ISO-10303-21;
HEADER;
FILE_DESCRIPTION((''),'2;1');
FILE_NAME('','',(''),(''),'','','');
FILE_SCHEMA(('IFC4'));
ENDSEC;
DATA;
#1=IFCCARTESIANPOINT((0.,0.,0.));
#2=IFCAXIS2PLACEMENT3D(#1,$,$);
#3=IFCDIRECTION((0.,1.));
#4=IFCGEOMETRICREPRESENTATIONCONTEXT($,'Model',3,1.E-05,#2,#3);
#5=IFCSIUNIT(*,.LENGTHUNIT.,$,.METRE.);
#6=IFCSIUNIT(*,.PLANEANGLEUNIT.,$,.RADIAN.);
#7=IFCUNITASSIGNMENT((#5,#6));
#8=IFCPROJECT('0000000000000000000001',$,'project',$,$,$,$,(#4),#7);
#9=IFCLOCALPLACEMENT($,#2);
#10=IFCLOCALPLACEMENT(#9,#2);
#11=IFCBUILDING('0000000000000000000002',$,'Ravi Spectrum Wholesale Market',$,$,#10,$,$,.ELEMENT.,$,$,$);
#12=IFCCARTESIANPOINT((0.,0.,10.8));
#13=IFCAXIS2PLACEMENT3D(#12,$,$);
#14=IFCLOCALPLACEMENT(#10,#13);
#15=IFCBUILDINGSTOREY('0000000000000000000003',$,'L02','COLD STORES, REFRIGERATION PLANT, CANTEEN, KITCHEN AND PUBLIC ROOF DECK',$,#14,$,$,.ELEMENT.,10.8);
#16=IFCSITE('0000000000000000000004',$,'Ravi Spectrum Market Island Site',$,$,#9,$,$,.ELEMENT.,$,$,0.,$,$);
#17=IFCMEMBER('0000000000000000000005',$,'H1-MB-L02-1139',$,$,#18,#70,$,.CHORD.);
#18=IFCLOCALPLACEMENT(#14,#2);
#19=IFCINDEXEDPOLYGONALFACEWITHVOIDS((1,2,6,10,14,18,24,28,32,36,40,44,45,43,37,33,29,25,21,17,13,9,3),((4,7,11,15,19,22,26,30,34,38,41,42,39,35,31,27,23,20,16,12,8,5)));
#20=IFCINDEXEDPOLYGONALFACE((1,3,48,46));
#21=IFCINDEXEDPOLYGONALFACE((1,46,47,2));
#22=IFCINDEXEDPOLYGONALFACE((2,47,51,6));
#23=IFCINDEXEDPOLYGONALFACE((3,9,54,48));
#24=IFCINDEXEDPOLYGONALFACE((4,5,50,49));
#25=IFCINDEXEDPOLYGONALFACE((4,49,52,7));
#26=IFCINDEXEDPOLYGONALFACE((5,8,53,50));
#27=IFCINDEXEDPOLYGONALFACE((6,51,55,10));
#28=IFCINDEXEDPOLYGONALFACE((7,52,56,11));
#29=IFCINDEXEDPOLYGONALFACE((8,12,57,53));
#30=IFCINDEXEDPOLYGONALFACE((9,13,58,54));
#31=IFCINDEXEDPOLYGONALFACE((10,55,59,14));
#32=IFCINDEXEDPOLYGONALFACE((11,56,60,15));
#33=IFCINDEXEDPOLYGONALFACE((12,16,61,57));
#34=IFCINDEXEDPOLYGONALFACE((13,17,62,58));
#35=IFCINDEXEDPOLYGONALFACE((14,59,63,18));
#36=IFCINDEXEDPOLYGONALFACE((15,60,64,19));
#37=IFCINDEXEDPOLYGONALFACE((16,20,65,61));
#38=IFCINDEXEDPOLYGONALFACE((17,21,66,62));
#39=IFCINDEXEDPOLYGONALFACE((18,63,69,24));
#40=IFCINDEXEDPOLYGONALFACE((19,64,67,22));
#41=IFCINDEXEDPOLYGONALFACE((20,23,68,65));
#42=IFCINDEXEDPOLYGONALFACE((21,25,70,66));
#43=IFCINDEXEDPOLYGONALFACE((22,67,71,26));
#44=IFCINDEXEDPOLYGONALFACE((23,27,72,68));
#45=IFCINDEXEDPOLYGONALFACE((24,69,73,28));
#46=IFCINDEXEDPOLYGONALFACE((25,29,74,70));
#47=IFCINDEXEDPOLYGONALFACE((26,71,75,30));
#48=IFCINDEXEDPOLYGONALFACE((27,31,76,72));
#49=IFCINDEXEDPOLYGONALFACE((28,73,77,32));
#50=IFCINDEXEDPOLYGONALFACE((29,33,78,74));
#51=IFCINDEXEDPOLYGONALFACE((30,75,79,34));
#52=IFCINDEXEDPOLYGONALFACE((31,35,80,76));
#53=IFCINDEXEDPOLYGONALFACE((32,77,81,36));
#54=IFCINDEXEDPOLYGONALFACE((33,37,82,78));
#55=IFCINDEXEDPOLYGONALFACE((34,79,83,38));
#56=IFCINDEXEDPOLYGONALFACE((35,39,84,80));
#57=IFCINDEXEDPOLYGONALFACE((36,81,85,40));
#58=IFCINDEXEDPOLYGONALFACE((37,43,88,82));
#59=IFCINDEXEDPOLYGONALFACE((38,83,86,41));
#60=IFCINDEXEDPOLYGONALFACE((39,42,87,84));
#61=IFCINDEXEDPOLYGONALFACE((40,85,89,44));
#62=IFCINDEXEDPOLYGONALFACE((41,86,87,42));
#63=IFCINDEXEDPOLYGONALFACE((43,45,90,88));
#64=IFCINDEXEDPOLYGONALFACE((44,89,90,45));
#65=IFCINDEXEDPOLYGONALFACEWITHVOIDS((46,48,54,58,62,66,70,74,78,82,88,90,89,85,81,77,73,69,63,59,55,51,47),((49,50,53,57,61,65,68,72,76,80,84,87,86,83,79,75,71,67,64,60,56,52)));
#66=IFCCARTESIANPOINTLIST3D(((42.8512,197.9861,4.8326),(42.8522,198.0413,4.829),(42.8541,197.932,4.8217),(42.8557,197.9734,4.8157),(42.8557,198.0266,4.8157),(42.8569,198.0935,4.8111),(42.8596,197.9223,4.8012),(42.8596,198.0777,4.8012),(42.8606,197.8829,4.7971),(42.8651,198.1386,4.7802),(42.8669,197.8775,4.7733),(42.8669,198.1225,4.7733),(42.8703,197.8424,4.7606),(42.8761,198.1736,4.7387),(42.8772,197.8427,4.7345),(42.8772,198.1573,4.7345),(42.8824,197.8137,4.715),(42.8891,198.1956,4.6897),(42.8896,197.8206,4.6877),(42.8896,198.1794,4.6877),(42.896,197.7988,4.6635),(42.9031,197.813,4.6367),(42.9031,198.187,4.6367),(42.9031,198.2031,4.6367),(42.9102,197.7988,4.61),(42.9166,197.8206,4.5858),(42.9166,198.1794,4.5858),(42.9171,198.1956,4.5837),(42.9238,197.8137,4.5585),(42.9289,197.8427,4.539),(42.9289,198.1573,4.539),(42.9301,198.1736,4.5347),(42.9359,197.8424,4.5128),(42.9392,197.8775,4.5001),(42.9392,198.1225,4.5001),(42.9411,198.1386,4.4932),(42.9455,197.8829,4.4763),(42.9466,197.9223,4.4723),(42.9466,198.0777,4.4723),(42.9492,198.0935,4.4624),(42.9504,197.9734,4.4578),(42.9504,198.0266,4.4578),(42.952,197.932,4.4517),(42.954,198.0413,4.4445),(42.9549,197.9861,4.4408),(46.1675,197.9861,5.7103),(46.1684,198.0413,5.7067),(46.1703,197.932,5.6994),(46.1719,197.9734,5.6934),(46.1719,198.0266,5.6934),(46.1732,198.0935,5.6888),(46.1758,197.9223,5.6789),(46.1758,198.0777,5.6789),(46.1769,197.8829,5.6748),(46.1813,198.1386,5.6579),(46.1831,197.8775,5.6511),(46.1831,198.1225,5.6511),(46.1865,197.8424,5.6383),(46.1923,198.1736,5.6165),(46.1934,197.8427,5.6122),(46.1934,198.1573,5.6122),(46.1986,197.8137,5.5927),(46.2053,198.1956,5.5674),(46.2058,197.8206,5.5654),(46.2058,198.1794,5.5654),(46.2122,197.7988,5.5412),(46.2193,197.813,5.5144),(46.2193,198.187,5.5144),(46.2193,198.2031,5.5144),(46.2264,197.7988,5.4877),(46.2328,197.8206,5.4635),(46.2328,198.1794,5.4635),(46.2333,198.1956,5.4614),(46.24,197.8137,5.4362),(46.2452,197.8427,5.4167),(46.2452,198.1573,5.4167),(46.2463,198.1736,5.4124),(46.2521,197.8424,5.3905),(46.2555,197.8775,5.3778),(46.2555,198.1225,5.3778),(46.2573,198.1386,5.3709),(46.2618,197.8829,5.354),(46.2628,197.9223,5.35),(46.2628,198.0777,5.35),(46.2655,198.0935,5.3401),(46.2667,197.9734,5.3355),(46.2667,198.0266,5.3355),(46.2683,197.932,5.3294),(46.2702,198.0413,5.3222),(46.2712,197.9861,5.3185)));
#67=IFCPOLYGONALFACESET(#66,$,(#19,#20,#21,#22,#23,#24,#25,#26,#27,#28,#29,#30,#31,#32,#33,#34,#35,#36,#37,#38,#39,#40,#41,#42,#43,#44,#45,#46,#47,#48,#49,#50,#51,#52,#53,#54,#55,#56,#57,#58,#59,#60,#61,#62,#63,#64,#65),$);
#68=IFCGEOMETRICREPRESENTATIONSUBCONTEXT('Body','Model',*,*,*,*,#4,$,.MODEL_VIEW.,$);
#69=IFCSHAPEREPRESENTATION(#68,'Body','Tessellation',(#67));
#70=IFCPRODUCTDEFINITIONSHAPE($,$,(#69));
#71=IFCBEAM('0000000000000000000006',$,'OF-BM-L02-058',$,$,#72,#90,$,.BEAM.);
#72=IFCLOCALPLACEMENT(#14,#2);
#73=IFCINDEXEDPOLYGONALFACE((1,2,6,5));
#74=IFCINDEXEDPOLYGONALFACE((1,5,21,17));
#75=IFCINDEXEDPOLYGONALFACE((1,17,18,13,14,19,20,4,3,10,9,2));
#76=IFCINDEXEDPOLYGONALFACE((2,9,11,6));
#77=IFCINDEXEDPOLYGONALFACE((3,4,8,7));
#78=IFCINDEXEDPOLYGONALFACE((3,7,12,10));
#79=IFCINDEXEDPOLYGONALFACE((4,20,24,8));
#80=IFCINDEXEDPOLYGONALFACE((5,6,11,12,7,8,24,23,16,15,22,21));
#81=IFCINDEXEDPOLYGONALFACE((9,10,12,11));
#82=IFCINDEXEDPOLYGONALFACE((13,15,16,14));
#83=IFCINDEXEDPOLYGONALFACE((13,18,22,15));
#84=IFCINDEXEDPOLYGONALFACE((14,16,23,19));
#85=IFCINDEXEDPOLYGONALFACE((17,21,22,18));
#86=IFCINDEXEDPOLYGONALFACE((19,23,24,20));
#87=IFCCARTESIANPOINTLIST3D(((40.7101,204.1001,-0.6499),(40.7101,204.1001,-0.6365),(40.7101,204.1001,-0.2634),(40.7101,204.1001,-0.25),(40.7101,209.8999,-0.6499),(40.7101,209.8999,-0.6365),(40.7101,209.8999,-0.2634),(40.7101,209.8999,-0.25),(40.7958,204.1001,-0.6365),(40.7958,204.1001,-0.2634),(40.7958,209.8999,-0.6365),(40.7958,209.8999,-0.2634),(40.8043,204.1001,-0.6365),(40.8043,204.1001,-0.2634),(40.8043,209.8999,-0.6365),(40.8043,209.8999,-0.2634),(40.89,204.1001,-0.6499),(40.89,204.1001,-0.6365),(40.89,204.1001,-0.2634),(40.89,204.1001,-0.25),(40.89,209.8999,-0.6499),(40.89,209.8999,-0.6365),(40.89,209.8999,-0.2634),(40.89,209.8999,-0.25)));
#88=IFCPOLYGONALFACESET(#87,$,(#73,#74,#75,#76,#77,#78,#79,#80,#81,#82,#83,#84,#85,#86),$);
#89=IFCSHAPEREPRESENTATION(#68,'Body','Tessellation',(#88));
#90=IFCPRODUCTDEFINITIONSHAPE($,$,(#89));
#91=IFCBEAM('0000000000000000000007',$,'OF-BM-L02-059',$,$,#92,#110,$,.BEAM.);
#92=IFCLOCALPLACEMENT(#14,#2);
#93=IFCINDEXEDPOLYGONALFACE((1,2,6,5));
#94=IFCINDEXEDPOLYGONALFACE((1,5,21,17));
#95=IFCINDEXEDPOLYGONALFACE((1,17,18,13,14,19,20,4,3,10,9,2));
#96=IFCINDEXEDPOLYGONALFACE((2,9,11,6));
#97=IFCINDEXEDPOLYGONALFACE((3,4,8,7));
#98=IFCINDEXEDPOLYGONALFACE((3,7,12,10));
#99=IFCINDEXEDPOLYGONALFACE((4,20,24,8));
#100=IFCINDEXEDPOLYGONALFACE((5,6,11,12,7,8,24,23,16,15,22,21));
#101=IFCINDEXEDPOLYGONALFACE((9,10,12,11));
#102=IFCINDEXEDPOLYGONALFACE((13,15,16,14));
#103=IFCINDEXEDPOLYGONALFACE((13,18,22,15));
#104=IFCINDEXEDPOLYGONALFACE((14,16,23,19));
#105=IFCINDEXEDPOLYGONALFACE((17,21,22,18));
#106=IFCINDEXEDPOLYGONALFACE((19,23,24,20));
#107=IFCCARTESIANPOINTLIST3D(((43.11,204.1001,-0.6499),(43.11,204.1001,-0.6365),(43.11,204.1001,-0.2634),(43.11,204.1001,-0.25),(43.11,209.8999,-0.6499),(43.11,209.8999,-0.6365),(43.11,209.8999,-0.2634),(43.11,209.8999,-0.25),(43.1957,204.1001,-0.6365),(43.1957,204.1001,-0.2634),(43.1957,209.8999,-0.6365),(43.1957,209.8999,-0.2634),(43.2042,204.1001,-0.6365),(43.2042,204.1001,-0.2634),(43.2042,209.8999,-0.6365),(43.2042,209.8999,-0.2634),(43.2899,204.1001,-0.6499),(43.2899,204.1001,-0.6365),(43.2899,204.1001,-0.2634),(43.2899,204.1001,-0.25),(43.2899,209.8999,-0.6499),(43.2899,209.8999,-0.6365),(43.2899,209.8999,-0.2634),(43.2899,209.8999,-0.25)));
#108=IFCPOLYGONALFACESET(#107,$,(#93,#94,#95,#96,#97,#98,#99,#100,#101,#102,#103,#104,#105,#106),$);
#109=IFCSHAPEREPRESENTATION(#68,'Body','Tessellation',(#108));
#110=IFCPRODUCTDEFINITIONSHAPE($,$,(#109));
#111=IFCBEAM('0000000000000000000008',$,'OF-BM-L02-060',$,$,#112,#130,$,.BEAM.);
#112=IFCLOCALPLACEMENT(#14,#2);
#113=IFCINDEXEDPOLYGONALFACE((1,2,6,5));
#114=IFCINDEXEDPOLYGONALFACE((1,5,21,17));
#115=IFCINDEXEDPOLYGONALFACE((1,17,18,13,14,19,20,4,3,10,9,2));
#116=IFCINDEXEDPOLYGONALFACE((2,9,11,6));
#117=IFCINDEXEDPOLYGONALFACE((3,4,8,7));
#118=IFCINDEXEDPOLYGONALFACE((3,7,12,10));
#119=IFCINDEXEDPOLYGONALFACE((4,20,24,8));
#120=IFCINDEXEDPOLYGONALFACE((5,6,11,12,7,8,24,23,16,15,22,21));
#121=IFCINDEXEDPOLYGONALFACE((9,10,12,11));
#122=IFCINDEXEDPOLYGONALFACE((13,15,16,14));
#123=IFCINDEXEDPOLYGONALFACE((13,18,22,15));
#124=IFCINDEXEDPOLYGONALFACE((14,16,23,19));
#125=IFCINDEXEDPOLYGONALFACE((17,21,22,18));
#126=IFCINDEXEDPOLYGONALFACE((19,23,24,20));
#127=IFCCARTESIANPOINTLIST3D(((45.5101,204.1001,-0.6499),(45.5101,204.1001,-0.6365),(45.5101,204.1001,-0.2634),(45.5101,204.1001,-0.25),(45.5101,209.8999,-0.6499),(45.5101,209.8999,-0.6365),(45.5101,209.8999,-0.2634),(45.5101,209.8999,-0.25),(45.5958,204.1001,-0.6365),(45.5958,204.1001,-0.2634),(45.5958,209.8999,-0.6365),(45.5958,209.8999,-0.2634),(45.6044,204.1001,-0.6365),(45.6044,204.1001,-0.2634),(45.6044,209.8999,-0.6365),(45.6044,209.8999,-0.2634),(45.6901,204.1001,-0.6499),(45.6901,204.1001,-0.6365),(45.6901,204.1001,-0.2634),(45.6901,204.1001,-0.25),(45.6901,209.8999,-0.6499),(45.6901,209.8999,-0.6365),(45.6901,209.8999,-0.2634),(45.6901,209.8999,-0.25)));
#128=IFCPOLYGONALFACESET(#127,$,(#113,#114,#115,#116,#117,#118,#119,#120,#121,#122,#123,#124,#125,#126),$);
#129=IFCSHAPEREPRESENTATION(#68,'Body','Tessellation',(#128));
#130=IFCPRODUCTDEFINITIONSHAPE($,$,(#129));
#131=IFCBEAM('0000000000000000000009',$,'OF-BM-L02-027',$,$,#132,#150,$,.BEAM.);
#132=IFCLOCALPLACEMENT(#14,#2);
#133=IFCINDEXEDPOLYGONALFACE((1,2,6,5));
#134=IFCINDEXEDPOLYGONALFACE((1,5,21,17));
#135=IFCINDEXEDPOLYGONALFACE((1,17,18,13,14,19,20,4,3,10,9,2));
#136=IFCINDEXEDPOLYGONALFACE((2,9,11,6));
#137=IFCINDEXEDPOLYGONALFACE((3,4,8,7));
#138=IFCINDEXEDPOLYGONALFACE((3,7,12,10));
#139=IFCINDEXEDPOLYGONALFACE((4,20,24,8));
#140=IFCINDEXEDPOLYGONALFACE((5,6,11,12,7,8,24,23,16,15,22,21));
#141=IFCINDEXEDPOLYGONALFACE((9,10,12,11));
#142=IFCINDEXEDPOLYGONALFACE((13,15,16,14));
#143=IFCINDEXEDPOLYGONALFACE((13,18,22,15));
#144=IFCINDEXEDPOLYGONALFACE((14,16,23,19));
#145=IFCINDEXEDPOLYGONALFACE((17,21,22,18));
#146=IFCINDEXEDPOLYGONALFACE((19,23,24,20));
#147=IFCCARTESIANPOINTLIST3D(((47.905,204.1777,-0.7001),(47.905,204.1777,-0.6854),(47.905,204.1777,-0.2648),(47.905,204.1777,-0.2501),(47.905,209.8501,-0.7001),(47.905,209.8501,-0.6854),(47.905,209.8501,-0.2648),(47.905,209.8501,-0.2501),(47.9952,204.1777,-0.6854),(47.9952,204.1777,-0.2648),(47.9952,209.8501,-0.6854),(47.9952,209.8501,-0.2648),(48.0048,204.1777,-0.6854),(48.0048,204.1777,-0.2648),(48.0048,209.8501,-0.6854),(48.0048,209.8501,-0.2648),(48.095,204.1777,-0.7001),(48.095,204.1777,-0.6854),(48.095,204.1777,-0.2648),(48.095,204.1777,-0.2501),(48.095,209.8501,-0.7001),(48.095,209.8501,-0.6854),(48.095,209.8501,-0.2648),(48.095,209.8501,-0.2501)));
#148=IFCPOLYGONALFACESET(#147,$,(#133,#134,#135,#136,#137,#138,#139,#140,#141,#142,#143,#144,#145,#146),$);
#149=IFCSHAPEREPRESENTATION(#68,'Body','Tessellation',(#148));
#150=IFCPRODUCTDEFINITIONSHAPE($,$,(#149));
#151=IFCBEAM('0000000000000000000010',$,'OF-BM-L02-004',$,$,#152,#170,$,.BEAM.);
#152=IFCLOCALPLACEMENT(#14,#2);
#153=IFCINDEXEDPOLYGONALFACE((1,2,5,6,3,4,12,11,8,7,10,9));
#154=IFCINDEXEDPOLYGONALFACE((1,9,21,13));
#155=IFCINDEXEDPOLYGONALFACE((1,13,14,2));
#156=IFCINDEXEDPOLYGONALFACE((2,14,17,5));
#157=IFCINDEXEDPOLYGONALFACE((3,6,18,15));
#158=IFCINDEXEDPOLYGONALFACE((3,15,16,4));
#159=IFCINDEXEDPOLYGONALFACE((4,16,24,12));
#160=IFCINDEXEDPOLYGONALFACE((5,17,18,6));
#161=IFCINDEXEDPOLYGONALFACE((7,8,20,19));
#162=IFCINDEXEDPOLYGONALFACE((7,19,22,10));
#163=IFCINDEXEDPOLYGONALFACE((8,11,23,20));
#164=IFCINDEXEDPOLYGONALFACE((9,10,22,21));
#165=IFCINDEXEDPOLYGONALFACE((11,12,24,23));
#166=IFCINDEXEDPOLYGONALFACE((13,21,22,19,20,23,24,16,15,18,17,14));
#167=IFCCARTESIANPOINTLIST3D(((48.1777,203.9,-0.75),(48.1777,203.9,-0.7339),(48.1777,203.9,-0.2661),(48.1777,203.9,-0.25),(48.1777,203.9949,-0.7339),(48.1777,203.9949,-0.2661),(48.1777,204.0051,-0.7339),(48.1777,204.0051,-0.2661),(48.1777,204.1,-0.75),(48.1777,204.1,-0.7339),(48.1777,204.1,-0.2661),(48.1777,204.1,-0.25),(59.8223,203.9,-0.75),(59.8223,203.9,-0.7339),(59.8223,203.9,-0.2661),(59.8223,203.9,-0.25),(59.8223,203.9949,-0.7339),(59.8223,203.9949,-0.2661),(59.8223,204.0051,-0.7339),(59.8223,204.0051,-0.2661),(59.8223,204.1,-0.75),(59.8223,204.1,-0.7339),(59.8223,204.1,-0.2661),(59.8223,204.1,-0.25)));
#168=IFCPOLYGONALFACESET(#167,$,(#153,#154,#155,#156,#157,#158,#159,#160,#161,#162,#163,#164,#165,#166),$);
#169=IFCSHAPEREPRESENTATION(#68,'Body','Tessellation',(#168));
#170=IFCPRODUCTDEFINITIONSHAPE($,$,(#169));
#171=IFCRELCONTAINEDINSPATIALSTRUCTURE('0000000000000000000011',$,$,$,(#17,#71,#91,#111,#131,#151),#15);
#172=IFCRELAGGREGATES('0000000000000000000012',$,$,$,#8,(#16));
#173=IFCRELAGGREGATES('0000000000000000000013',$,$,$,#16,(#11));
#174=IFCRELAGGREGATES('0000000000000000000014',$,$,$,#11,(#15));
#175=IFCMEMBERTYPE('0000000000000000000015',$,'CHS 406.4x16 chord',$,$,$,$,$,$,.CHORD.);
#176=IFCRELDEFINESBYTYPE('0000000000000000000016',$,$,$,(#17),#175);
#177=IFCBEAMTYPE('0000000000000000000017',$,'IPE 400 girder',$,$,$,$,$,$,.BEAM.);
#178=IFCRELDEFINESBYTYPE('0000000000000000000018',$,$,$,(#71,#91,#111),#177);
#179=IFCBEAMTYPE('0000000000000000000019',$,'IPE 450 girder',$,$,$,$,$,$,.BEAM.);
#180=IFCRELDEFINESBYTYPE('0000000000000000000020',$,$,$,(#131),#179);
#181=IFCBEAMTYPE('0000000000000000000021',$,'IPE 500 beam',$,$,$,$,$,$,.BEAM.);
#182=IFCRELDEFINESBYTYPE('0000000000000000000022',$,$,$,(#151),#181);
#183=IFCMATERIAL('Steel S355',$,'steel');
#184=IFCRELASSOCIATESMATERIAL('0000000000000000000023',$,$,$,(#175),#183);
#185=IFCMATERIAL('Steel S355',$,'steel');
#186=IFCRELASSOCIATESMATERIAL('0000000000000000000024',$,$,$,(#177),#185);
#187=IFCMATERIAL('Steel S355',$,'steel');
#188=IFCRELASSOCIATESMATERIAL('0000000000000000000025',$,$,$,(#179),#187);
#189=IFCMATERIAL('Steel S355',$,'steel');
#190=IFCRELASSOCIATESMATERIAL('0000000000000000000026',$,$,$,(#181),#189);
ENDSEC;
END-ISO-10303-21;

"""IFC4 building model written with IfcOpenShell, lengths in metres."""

from ifc_helpers import new_model, si_unit, direction, frame, origin, origin_2d, place, context, subcontext, project, spatial, hollow_circle, i_section, extrude, material, material_profile, profile_set, type_object, element, save


model = new_model("IFC4")

# Units and contexts
model_context = context("Model", 3, precision=1e-05, world=origin(), true_north=direction((0.0, 1.0)))
body_context = subcontext(model_context, "Body", "Model", "MODEL_VIEW")
ifc_project = project(units=[si_unit("LENGTHUNIT", "METRE"), si_unit("PLANEANGLEUNIT", "RADIAN")], contexts=[model_context])

# Site, building, storey
site_placement = place(None, origin())
site = spatial("IfcSite", under=ifc_project, at=site_placement, Name="Ravi Spectrum Market Island Site", CompositionType="ELEMENT", RefElevation=0.0)
building_placement = place(site_placement, origin())
building = spatial("IfcBuilding", under=site, at=building_placement, Name="Ravi Spectrum Wholesale Market", CompositionType="ELEMENT")
storey_placement = place(building_placement, frame((0.0, 0.0, 10.8)))
storey = spatial("IfcBuildingStorey", under=building, at=storey_placement, Name="L02", Description="COLD STORES, REFRIGERATION PLANT, CANTEEN, KITCHEN AND PUBLIC ROOF DECK", CompositionType="ELEMENT", Elevation=10.8)

# Member
ifc_material_1 = material(Name="Steel S355", Category="steel")
ifc_material_profile_1 = material_profile(ifc_material_1, hollow_circle(Radius=0.2031, WallThickness=0.0161, at=origin_2d()))
ifc_profile_set_1 = profile_set([ifc_material_profile_1], Name="Steel S355")
member_type_1 = type_object("IfcMemberType", Name="CHS 406.4x16 chord", PredefinedType="CHORD", material=ifc_profile_set_1)
member_1_placement = place(storey_placement, frame((42.9031, 198.0, 4.6367), z_axis=(0.966714, 0.0, 0.255859), x_axis=(0.0, 1.0, 0.0)))
element("IfcMember", 1, at=member_1_placement, inside=storey, type_object=member_type_1, Name="H1-MB-L02-1139", PredefinedType="CHORD", context=body_context, shape_type="SweptSolid", body=[
    extrude(hollow_circle(Radius=0.2031, WallThickness=0.0161, at=origin_2d()), origin(), (0.0, 0.0, 1.0), 3.4304),
])

# Beams
ifc_material_2 = material(Name="Steel S355", Category="steel")
ifc_material_profile_2 = material_profile(ifc_material_2, i_section(OverallWidth=0.1799, OverallDepth=0.3999, WebThickness=0.0085, FlangeThickness=0.0134, at=origin_2d()))
ifc_profile_set_2 = profile_set([ifc_material_profile_2], Name="Steel S355")
beam_type_1 = type_object("IfcBeamType", Name="IPE 400 girder", PredefinedType="BEAM", material=ifc_profile_set_2)
for number, where, z_axis, x_axis, name in (
    (2, (40.8, 204.1001, -0.45), (0.0, 1.0, 0.0), (-1.0, 0.0, 0.0), "OF-BM-L02-058"),
    (3, (43.2, 204.1001, -0.45), (0.0, 1.0, 0.0), (-1.0, 0.0, 0.0), "OF-BM-L02-059"),
    (4, (45.6001, 204.1001, -0.45), (0.0, 1.0, 0.0), (-1.0, 0.0, 0.0), "OF-BM-L02-060"),
):
    element("IfcBeam", number, at=place(storey_placement, frame(where, z_axis=z_axis, x_axis=x_axis)), inside=storey, type_object=beam_type_1, Name=name, PredefinedType="BEAM", context=body_context, shape_type="SweptSolid", body=[
        extrude(i_section(OverallWidth=0.1799, OverallDepth=0.3999, WebThickness=0.0085, FlangeThickness=0.0134, at=origin_2d()), origin(), (0.0, 0.0, 1.0), 5.7998),
    ])
ifc_material_3 = material(Name="Steel S355", Category="steel")
ifc_material_profile_3 = material_profile(ifc_material_3, i_section(OverallWidth=0.1899, OverallDepth=0.45, WebThickness=0.0095, FlangeThickness=0.0146, at=origin_2d()))
ifc_profile_set_3 = profile_set([ifc_material_profile_3], Name="Steel S355")
beam_type_2 = type_object("IfcBeamType", Name="IPE 450 girder", PredefinedType="BEAM", material=ifc_profile_set_3)
beam_1_placement = place(storey_placement, frame((48.0, 204.1777, -0.4751), z_axis=(0.0, 1.0, 0.0), x_axis=(-1.0, 0.0, 0.0)))
element("IfcBeam", 5, at=beam_1_placement, inside=storey, type_object=beam_type_2, Name="OF-BM-L02-027", PredefinedType="BEAM", context=body_context, shape_type="SweptSolid", body=[
    extrude(i_section(OverallWidth=0.1899, OverallDepth=0.45, WebThickness=0.0095, FlangeThickness=0.0146, at=origin_2d()), origin(), (0.0, 0.0, 1.0), 5.6724),
])
ifc_material_4 = material(Name="Steel S355", Category="steel")
ifc_material_profile_4 = material_profile(ifc_material_4, i_section(OverallWidth=0.2, OverallDepth=0.5, WebThickness=0.0103, FlangeThickness=0.0161, at=origin_2d()))
ifc_profile_set_4 = profile_set([ifc_material_profile_4], Name="Steel S355")
beam_type_3 = type_object("IfcBeamType", Name="IPE 500 beam", PredefinedType="BEAM", material=ifc_profile_set_4)
beam_2_placement = place(storey_placement, frame((48.1777, 204.0, -0.5), z_axis=(1.0, 0.0, 0.0), x_axis=(0.0, 1.0, 0.0)))
element("IfcBeam", 6, at=beam_2_placement, inside=storey, type_object=beam_type_3, Name="OF-BM-L02-004", PredefinedType="BEAM", context=body_context, shape_type="SweptSolid", body=[
    extrude(i_section(OverallWidth=0.2, OverallDepth=0.5, WebThickness=0.0103, FlangeThickness=0.0161, at=origin_2d()), origin(), (0.0, 0.0, 1.0), 11.6445),
])

save(model, "model.ifc")
